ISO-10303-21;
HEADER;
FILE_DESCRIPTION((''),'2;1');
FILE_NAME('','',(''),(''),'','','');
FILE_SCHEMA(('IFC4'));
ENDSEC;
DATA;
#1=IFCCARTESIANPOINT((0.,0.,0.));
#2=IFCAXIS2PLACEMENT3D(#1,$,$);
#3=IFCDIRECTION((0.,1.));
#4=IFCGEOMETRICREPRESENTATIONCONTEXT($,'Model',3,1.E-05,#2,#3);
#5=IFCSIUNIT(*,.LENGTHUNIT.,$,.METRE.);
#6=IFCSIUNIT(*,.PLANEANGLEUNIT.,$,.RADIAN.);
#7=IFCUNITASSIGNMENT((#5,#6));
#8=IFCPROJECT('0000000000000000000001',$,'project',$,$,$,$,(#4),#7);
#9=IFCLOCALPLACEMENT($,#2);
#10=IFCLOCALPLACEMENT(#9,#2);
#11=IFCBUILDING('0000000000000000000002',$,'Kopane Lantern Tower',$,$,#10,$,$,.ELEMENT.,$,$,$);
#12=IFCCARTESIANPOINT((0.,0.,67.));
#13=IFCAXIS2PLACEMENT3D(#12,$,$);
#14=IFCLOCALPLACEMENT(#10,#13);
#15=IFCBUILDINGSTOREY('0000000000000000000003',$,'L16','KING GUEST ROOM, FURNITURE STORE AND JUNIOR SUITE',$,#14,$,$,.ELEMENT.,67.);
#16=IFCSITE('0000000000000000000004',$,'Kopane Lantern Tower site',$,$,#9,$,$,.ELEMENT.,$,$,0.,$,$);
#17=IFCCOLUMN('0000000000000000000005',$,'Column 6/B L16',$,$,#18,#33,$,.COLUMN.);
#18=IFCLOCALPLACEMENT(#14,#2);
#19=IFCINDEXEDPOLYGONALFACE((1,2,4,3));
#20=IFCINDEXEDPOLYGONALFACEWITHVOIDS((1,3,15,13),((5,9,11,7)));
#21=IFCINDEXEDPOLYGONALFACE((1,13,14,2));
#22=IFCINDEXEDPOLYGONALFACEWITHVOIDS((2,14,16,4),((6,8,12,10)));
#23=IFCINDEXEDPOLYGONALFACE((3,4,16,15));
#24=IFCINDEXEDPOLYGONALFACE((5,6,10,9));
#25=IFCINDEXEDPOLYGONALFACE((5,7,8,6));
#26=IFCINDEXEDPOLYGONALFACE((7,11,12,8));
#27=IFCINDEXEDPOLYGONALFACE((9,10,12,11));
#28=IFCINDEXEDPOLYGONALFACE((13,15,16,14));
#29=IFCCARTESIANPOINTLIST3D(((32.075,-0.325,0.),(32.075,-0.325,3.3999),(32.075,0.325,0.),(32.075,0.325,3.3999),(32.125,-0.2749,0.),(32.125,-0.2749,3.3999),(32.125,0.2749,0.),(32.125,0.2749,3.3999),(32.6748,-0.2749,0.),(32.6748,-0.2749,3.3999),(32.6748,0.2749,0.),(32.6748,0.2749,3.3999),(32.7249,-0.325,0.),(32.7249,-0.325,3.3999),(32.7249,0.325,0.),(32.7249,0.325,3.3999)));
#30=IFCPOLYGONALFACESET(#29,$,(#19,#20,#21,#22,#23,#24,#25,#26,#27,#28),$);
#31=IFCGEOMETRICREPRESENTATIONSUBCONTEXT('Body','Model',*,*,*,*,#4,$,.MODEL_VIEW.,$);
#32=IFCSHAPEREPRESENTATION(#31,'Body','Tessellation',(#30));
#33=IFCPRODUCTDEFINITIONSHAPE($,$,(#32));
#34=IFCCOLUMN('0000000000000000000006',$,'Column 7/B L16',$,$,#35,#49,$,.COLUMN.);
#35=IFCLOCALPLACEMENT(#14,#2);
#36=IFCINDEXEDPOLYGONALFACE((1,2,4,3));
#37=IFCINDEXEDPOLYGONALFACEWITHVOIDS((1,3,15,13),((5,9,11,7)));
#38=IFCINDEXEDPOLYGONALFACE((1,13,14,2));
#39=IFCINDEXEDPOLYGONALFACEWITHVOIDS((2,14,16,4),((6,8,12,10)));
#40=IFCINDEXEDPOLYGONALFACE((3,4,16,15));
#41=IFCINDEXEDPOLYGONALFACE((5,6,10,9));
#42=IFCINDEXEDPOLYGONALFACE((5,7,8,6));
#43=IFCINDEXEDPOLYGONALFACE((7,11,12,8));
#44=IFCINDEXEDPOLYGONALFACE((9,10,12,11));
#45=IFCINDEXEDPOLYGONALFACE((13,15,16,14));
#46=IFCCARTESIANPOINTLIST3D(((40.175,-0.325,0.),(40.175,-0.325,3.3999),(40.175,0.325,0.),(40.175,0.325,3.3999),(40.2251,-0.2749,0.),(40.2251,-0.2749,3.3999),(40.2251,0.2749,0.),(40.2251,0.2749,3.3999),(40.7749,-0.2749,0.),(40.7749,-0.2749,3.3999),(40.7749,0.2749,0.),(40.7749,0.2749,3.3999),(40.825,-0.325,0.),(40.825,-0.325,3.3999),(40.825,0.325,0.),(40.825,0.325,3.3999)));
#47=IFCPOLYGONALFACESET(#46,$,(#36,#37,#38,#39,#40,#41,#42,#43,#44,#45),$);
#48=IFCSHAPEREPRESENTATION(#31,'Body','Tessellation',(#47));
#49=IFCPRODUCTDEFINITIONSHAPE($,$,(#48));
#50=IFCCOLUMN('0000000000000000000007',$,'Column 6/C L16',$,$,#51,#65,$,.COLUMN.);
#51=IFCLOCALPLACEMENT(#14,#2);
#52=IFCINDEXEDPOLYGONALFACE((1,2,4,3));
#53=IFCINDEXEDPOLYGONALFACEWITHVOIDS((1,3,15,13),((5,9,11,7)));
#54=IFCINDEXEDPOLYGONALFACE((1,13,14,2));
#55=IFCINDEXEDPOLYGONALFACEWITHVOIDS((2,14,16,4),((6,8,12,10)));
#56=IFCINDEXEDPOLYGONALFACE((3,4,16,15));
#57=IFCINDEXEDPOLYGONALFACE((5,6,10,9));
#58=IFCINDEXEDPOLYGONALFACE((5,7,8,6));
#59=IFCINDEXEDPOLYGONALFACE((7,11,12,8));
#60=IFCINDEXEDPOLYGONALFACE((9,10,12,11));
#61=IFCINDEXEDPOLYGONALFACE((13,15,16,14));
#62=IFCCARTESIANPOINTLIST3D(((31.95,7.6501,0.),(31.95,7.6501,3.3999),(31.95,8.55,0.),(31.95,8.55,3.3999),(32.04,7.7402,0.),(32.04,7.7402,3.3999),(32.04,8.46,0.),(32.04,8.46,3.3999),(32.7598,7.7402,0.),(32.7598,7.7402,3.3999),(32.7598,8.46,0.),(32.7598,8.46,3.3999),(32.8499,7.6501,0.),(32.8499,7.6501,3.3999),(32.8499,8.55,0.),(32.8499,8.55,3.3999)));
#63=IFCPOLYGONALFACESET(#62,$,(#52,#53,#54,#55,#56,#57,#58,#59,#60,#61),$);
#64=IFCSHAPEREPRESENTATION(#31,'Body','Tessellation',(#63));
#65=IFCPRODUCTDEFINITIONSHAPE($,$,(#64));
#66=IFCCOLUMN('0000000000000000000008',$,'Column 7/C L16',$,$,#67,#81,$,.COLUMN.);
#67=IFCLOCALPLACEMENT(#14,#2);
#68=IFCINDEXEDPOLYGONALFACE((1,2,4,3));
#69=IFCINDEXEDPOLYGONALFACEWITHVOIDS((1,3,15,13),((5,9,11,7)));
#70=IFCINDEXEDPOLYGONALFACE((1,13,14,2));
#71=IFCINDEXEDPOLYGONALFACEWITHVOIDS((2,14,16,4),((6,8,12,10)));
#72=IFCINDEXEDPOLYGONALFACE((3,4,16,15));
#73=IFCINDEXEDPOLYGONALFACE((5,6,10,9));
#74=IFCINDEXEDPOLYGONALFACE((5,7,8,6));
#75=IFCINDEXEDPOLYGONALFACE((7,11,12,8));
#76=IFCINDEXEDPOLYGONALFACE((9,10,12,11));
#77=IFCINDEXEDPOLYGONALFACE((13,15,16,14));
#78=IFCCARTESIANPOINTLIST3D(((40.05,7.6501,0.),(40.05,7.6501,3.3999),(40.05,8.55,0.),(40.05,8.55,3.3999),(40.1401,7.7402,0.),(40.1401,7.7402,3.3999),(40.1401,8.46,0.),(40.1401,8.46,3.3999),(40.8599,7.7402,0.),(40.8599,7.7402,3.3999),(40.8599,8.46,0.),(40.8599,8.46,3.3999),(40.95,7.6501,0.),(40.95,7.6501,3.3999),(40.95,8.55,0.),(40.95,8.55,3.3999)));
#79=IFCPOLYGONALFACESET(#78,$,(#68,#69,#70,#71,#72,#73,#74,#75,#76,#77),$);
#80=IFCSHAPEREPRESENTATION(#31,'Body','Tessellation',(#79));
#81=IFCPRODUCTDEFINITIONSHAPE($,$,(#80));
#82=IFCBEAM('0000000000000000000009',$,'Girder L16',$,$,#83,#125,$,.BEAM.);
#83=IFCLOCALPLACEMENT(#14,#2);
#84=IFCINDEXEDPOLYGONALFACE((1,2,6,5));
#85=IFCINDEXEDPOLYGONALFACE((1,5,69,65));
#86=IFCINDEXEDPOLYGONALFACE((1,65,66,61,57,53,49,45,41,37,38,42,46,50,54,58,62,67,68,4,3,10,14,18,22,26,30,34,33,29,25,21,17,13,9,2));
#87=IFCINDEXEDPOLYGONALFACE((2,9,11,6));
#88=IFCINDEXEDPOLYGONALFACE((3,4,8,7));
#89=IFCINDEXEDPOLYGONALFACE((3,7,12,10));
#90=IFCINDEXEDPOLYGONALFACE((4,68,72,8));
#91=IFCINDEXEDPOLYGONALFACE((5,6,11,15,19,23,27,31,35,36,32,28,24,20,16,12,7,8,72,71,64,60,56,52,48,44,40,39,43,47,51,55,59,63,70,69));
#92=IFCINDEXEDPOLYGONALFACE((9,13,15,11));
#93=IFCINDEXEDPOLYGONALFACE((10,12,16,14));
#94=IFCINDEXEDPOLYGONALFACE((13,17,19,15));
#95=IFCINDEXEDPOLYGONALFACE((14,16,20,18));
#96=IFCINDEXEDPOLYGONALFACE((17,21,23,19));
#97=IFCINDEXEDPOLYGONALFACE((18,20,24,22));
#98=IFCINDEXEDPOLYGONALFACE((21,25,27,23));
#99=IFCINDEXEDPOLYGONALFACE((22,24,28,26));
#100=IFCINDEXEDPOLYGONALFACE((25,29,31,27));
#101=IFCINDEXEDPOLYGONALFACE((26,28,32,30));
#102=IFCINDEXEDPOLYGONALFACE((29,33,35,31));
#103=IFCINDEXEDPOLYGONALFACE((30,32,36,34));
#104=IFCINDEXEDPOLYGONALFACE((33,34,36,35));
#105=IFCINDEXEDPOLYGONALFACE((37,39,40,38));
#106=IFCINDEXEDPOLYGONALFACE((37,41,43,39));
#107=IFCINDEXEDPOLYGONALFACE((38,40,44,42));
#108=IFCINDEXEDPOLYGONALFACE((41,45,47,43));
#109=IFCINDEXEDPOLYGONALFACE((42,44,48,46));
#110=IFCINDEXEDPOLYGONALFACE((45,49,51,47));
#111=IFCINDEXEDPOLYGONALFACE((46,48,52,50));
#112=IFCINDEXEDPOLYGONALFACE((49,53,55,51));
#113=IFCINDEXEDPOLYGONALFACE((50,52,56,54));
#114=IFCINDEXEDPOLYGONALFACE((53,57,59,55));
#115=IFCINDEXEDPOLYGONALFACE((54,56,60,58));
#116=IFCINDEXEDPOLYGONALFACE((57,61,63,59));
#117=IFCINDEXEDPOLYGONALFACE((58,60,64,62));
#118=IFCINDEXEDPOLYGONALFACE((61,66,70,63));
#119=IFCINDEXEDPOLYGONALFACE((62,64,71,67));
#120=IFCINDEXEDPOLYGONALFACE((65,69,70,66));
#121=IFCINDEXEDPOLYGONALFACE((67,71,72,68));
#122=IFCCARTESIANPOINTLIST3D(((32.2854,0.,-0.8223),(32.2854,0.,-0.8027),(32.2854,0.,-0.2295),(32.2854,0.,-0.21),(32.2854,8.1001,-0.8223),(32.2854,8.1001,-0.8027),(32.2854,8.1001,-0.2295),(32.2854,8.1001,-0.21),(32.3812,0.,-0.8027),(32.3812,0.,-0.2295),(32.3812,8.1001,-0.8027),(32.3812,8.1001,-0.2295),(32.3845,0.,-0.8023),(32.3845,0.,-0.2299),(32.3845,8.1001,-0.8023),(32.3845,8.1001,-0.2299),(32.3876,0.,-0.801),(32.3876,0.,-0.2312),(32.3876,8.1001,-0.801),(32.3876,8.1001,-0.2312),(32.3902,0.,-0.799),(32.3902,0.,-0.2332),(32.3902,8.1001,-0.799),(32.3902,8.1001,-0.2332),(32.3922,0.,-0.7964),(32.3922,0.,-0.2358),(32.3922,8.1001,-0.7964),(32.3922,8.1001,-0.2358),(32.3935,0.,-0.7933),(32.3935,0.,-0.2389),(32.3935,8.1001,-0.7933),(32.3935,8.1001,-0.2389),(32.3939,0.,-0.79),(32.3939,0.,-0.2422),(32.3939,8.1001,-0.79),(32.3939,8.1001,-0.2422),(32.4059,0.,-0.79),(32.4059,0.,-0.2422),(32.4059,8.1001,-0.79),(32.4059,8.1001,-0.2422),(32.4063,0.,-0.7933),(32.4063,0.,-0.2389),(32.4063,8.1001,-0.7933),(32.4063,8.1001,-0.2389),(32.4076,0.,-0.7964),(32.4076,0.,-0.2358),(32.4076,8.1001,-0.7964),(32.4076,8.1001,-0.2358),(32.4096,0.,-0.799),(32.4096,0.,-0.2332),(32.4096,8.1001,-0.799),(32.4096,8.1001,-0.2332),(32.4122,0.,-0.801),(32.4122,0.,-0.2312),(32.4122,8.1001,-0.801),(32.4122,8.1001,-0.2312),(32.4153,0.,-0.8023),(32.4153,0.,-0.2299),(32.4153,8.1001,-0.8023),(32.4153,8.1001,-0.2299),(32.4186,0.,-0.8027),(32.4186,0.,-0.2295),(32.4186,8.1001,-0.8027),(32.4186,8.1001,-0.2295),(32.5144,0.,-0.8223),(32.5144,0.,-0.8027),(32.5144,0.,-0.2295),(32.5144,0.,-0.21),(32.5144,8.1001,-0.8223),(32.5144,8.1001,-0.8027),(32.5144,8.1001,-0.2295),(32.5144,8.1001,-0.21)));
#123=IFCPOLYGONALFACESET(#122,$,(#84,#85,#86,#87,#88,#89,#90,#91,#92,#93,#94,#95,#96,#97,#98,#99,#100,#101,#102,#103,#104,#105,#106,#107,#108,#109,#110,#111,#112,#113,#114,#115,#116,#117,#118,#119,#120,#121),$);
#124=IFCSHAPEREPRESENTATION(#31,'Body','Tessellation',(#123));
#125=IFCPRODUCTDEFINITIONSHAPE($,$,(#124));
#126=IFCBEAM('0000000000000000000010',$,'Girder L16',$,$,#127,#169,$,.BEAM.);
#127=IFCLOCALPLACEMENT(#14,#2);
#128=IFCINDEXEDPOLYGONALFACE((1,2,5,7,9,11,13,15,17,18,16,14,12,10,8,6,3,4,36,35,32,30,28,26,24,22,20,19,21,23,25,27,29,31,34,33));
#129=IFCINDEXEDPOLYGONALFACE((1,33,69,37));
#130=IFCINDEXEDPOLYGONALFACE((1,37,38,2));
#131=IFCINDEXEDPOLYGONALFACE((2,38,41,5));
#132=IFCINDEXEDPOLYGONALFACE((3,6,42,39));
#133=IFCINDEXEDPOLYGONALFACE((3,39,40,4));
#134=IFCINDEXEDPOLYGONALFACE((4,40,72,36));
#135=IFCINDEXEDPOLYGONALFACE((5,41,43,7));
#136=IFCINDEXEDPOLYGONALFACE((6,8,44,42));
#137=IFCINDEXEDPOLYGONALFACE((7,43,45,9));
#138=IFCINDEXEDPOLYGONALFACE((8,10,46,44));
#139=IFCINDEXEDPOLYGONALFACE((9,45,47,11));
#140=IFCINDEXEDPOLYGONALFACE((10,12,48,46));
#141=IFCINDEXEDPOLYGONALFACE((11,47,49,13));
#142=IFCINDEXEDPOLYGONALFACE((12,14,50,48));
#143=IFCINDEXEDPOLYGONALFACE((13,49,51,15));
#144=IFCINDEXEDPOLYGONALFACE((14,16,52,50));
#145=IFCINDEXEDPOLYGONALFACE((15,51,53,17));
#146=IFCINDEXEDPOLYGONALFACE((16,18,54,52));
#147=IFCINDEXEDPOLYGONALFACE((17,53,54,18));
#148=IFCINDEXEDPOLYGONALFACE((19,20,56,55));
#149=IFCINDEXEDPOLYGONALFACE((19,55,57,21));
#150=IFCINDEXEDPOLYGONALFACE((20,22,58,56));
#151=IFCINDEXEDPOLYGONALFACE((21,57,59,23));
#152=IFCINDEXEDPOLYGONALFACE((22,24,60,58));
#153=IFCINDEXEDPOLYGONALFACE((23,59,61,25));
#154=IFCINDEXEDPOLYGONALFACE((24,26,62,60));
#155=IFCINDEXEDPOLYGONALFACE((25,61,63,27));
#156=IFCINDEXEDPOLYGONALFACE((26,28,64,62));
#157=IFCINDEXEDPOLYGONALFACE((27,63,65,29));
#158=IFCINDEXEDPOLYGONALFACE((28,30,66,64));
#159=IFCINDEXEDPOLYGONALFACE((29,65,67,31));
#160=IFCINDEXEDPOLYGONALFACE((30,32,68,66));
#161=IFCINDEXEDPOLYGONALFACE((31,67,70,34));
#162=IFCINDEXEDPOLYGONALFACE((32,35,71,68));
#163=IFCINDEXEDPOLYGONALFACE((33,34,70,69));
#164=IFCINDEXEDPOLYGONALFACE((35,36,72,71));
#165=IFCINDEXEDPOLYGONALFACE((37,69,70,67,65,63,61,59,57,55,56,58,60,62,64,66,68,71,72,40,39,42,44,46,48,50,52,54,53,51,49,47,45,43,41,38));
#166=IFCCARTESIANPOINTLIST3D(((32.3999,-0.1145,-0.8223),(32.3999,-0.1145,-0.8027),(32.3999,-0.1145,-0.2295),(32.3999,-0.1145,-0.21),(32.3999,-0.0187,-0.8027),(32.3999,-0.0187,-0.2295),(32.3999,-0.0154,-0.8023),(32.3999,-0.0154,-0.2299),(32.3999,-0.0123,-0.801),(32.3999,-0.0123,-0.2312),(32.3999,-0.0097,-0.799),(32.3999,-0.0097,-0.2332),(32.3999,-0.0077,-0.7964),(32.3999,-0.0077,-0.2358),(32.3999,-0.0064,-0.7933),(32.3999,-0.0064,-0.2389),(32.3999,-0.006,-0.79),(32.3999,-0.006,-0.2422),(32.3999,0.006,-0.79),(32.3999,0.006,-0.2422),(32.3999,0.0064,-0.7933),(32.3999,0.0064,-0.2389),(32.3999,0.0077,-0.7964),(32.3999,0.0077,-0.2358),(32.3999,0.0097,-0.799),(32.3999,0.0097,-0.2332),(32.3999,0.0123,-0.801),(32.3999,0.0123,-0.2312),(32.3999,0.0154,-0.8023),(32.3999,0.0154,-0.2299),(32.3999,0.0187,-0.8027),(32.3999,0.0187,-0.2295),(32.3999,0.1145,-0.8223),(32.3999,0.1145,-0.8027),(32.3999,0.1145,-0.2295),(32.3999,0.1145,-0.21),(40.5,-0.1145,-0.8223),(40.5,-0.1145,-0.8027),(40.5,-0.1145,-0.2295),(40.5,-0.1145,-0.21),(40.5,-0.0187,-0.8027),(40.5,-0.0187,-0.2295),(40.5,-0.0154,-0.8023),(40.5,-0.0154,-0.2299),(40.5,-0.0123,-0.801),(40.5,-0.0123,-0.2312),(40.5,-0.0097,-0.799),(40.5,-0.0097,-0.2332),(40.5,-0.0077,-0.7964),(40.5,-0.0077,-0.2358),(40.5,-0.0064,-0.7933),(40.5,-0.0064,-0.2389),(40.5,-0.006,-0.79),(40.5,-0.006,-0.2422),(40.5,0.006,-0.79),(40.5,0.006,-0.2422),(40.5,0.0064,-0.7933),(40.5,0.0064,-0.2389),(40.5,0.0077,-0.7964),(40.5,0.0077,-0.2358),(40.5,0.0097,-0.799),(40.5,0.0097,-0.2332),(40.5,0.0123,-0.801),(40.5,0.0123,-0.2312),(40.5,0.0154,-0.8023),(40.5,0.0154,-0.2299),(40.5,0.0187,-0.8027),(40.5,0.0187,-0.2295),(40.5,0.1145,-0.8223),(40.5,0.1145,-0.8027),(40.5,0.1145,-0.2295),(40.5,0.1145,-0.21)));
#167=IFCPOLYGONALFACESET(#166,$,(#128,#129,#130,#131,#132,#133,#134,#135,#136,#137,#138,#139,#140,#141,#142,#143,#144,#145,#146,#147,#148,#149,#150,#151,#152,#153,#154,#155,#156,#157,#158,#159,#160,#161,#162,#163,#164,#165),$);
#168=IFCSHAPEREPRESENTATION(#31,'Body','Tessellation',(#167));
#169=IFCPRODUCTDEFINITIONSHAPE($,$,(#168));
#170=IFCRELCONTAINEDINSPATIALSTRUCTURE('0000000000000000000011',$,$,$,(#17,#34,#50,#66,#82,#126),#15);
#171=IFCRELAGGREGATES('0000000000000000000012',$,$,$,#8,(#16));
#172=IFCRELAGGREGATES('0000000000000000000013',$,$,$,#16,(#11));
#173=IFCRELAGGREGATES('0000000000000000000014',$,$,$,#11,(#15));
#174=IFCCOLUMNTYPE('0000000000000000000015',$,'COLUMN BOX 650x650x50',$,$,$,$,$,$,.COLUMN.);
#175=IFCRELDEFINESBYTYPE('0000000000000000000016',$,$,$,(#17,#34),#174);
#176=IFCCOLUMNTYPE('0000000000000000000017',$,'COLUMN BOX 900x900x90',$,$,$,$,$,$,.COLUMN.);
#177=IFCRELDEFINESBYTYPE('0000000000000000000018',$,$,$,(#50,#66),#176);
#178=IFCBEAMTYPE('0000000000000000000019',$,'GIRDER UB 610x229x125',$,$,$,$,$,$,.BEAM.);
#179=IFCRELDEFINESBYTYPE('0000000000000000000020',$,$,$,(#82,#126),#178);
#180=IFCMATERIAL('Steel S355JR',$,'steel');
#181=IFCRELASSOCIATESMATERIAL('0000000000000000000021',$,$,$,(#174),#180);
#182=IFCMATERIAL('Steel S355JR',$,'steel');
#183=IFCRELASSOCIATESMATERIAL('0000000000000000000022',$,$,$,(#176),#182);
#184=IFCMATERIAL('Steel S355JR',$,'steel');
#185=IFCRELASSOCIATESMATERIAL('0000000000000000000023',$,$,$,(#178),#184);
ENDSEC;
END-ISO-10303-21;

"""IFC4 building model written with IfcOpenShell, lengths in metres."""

from ifc_helpers import new_model, si_unit, direction, frame, origin, origin_2d, place, context, subcontext, project, spatial, hollow_rectangle, i_section, extrude, material, material_profile, profile_set, type_object, element, save


model = new_model("IFC4")

# Units and contexts
model_context = context("Model", 3, precision=1e-05, world=origin(), true_north=direction((0.0, 1.0)))
body_context = subcontext(model_context, "Body", "Model", "MODEL_VIEW")
ifc_project = project(units=[si_unit("LENGTHUNIT", "METRE"), si_unit("PLANEANGLEUNIT", "RADIAN")], contexts=[model_context])

# Site, building, storey
site_placement = place(None, origin())
site = spatial("IfcSite", under=ifc_project, at=site_placement, Name="Kopane Lantern Tower site", CompositionType="ELEMENT", RefElevation=0.0)
building_placement = place(site_placement, origin())
building = spatial("IfcBuilding", under=site, at=building_placement, Name="Kopane Lantern Tower", CompositionType="ELEMENT")
storey_placement = place(building_placement, frame((0.0, 0.0, 67.0)))
storey = spatial("IfcBuildingStorey", under=building, at=storey_placement, Name="L16", Description="KING GUEST ROOM, FURNITURE STORE AND JUNIOR SUITE", CompositionType="ELEMENT", Elevation=67.0)

# Columns
ifc_material_1 = material(Name="Steel S355JR", Category="steel")
ifc_material_profile_1 = material_profile(ifc_material_1, hollow_rectangle(XDim=0.6499, YDim=0.6499, WallThickness=0.05, at=origin_2d()), Name="BOX 650x650x50")
ifc_profile_set_1 = profile_set([ifc_material_profile_1], Name="Steel S355JR")
column_type_1 = type_object("IfcColumnType", Name="COLUMN BOX 650x650x50", PredefinedType="COLUMN", material=ifc_profile_set_1)
for number, where, z_axis, x_axis, name in (
    (1, (32.3999, 0.0, 0.0), (0.0, 0.0, 1.0), (1.0, 0.0, 0.0), "Column 6/B L16"),
    (2, (40.5, 0.0, 0.0), (0.0, 0.0, 1.0), (1.0, 0.0, 0.0), "Column 7/B L16"),
):
    element("IfcColumn", number, at=place(storey_placement, frame(where, z_axis=z_axis, x_axis=x_axis)), inside=storey, type_object=column_type_1, Name=name, PredefinedType="COLUMN", context=body_context, shape_type="SweptSolid", body=[
        extrude(hollow_rectangle(XDim=0.6499, YDim=0.6499, WallThickness=0.05, at=origin_2d()), origin(), (0.0, 0.0, 1.0), 3.3999),
    ])
ifc_material_2 = material(Name="Steel S355JR", Category="steel")
ifc_material_profile_2 = material_profile(ifc_material_2, hollow_rectangle(XDim=0.8999, YDim=0.8999, WallThickness=0.0901, at=origin_2d()), Name="BOX 900x900x90")
ifc_profile_set_2 = profile_set([ifc_material_profile_2], Name="Steel S355JR")
column_type_2 = type_object("IfcColumnType", Name="COLUMN BOX 900x900x90", PredefinedType="COLUMN", material=ifc_profile_set_2)
for number, where, z_axis, x_axis, name in (
    (3, (32.3999, 8.1001, 0.0), (0.0, 0.0, 1.0), (1.0, 0.0, 0.0), "Column 6/C L16"),
    (4, (40.5, 8.1001, 0.0), (0.0, 0.0, 1.0), (1.0, 0.0, 0.0), "Column 7/C L16"),
):
    element("IfcColumn", number, at=place(storey_placement, frame(where, z_axis=z_axis, x_axis=x_axis)), inside=storey, type_object=column_type_2, Name=name, PredefinedType="COLUMN", context=body_context, shape_type="SweptSolid", body=[
        extrude(hollow_rectangle(XDim=0.8999, YDim=0.8999, WallThickness=0.0901, at=origin_2d()), origin(), (0.0, 0.0, 1.0), 3.3999),
    ])

# Beams
ifc_material_3 = material(Name="Steel S355JR", Category="steel")
ifc_material_profile_3 = material_profile(ifc_material_3, i_section(OverallWidth=0.229, OverallDepth=0.6123, WebThickness=0.012, FlangeThickness=0.0195, FilletRadius=0.0127, at=origin_2d()), Name="UB 610x229x125")
ifc_profile_set_3 = profile_set([ifc_material_profile_3], Name="Steel S355JR")
beam_type = type_object("IfcBeamType", Name="GIRDER UB 610x229x125", PredefinedType="BEAM", material=ifc_profile_set_3)
for number, where, z_axis, x_axis, name in (
    (5, (32.3999, 0.0, -0.5161), (0.0, 1.0, 0.0), (-1.0, 0.0, 0.0), "Girder L16"),
    (6, (32.3999, 0.0, -0.5161), (1.0, 0.0, 0.0), (0.0, 1.0, 0.0), "Girder L16"),
):
    element("IfcBeam", number, at=place(storey_placement, frame(where, z_axis=z_axis, x_axis=x_axis)), inside=storey, type_object=beam_type, Name=name, PredefinedType="BEAM", context=body_context, shape_type="SweptSolid", body=[
        extrude(i_section(OverallWidth=0.229, OverallDepth=0.6123, WebThickness=0.012, FlangeThickness=0.0195, FilletRadius=0.0127, at=origin_2d()), origin(), (0.0, 0.0, 1.0), 8.1001),
    ])

save(model, "model.ifc")
